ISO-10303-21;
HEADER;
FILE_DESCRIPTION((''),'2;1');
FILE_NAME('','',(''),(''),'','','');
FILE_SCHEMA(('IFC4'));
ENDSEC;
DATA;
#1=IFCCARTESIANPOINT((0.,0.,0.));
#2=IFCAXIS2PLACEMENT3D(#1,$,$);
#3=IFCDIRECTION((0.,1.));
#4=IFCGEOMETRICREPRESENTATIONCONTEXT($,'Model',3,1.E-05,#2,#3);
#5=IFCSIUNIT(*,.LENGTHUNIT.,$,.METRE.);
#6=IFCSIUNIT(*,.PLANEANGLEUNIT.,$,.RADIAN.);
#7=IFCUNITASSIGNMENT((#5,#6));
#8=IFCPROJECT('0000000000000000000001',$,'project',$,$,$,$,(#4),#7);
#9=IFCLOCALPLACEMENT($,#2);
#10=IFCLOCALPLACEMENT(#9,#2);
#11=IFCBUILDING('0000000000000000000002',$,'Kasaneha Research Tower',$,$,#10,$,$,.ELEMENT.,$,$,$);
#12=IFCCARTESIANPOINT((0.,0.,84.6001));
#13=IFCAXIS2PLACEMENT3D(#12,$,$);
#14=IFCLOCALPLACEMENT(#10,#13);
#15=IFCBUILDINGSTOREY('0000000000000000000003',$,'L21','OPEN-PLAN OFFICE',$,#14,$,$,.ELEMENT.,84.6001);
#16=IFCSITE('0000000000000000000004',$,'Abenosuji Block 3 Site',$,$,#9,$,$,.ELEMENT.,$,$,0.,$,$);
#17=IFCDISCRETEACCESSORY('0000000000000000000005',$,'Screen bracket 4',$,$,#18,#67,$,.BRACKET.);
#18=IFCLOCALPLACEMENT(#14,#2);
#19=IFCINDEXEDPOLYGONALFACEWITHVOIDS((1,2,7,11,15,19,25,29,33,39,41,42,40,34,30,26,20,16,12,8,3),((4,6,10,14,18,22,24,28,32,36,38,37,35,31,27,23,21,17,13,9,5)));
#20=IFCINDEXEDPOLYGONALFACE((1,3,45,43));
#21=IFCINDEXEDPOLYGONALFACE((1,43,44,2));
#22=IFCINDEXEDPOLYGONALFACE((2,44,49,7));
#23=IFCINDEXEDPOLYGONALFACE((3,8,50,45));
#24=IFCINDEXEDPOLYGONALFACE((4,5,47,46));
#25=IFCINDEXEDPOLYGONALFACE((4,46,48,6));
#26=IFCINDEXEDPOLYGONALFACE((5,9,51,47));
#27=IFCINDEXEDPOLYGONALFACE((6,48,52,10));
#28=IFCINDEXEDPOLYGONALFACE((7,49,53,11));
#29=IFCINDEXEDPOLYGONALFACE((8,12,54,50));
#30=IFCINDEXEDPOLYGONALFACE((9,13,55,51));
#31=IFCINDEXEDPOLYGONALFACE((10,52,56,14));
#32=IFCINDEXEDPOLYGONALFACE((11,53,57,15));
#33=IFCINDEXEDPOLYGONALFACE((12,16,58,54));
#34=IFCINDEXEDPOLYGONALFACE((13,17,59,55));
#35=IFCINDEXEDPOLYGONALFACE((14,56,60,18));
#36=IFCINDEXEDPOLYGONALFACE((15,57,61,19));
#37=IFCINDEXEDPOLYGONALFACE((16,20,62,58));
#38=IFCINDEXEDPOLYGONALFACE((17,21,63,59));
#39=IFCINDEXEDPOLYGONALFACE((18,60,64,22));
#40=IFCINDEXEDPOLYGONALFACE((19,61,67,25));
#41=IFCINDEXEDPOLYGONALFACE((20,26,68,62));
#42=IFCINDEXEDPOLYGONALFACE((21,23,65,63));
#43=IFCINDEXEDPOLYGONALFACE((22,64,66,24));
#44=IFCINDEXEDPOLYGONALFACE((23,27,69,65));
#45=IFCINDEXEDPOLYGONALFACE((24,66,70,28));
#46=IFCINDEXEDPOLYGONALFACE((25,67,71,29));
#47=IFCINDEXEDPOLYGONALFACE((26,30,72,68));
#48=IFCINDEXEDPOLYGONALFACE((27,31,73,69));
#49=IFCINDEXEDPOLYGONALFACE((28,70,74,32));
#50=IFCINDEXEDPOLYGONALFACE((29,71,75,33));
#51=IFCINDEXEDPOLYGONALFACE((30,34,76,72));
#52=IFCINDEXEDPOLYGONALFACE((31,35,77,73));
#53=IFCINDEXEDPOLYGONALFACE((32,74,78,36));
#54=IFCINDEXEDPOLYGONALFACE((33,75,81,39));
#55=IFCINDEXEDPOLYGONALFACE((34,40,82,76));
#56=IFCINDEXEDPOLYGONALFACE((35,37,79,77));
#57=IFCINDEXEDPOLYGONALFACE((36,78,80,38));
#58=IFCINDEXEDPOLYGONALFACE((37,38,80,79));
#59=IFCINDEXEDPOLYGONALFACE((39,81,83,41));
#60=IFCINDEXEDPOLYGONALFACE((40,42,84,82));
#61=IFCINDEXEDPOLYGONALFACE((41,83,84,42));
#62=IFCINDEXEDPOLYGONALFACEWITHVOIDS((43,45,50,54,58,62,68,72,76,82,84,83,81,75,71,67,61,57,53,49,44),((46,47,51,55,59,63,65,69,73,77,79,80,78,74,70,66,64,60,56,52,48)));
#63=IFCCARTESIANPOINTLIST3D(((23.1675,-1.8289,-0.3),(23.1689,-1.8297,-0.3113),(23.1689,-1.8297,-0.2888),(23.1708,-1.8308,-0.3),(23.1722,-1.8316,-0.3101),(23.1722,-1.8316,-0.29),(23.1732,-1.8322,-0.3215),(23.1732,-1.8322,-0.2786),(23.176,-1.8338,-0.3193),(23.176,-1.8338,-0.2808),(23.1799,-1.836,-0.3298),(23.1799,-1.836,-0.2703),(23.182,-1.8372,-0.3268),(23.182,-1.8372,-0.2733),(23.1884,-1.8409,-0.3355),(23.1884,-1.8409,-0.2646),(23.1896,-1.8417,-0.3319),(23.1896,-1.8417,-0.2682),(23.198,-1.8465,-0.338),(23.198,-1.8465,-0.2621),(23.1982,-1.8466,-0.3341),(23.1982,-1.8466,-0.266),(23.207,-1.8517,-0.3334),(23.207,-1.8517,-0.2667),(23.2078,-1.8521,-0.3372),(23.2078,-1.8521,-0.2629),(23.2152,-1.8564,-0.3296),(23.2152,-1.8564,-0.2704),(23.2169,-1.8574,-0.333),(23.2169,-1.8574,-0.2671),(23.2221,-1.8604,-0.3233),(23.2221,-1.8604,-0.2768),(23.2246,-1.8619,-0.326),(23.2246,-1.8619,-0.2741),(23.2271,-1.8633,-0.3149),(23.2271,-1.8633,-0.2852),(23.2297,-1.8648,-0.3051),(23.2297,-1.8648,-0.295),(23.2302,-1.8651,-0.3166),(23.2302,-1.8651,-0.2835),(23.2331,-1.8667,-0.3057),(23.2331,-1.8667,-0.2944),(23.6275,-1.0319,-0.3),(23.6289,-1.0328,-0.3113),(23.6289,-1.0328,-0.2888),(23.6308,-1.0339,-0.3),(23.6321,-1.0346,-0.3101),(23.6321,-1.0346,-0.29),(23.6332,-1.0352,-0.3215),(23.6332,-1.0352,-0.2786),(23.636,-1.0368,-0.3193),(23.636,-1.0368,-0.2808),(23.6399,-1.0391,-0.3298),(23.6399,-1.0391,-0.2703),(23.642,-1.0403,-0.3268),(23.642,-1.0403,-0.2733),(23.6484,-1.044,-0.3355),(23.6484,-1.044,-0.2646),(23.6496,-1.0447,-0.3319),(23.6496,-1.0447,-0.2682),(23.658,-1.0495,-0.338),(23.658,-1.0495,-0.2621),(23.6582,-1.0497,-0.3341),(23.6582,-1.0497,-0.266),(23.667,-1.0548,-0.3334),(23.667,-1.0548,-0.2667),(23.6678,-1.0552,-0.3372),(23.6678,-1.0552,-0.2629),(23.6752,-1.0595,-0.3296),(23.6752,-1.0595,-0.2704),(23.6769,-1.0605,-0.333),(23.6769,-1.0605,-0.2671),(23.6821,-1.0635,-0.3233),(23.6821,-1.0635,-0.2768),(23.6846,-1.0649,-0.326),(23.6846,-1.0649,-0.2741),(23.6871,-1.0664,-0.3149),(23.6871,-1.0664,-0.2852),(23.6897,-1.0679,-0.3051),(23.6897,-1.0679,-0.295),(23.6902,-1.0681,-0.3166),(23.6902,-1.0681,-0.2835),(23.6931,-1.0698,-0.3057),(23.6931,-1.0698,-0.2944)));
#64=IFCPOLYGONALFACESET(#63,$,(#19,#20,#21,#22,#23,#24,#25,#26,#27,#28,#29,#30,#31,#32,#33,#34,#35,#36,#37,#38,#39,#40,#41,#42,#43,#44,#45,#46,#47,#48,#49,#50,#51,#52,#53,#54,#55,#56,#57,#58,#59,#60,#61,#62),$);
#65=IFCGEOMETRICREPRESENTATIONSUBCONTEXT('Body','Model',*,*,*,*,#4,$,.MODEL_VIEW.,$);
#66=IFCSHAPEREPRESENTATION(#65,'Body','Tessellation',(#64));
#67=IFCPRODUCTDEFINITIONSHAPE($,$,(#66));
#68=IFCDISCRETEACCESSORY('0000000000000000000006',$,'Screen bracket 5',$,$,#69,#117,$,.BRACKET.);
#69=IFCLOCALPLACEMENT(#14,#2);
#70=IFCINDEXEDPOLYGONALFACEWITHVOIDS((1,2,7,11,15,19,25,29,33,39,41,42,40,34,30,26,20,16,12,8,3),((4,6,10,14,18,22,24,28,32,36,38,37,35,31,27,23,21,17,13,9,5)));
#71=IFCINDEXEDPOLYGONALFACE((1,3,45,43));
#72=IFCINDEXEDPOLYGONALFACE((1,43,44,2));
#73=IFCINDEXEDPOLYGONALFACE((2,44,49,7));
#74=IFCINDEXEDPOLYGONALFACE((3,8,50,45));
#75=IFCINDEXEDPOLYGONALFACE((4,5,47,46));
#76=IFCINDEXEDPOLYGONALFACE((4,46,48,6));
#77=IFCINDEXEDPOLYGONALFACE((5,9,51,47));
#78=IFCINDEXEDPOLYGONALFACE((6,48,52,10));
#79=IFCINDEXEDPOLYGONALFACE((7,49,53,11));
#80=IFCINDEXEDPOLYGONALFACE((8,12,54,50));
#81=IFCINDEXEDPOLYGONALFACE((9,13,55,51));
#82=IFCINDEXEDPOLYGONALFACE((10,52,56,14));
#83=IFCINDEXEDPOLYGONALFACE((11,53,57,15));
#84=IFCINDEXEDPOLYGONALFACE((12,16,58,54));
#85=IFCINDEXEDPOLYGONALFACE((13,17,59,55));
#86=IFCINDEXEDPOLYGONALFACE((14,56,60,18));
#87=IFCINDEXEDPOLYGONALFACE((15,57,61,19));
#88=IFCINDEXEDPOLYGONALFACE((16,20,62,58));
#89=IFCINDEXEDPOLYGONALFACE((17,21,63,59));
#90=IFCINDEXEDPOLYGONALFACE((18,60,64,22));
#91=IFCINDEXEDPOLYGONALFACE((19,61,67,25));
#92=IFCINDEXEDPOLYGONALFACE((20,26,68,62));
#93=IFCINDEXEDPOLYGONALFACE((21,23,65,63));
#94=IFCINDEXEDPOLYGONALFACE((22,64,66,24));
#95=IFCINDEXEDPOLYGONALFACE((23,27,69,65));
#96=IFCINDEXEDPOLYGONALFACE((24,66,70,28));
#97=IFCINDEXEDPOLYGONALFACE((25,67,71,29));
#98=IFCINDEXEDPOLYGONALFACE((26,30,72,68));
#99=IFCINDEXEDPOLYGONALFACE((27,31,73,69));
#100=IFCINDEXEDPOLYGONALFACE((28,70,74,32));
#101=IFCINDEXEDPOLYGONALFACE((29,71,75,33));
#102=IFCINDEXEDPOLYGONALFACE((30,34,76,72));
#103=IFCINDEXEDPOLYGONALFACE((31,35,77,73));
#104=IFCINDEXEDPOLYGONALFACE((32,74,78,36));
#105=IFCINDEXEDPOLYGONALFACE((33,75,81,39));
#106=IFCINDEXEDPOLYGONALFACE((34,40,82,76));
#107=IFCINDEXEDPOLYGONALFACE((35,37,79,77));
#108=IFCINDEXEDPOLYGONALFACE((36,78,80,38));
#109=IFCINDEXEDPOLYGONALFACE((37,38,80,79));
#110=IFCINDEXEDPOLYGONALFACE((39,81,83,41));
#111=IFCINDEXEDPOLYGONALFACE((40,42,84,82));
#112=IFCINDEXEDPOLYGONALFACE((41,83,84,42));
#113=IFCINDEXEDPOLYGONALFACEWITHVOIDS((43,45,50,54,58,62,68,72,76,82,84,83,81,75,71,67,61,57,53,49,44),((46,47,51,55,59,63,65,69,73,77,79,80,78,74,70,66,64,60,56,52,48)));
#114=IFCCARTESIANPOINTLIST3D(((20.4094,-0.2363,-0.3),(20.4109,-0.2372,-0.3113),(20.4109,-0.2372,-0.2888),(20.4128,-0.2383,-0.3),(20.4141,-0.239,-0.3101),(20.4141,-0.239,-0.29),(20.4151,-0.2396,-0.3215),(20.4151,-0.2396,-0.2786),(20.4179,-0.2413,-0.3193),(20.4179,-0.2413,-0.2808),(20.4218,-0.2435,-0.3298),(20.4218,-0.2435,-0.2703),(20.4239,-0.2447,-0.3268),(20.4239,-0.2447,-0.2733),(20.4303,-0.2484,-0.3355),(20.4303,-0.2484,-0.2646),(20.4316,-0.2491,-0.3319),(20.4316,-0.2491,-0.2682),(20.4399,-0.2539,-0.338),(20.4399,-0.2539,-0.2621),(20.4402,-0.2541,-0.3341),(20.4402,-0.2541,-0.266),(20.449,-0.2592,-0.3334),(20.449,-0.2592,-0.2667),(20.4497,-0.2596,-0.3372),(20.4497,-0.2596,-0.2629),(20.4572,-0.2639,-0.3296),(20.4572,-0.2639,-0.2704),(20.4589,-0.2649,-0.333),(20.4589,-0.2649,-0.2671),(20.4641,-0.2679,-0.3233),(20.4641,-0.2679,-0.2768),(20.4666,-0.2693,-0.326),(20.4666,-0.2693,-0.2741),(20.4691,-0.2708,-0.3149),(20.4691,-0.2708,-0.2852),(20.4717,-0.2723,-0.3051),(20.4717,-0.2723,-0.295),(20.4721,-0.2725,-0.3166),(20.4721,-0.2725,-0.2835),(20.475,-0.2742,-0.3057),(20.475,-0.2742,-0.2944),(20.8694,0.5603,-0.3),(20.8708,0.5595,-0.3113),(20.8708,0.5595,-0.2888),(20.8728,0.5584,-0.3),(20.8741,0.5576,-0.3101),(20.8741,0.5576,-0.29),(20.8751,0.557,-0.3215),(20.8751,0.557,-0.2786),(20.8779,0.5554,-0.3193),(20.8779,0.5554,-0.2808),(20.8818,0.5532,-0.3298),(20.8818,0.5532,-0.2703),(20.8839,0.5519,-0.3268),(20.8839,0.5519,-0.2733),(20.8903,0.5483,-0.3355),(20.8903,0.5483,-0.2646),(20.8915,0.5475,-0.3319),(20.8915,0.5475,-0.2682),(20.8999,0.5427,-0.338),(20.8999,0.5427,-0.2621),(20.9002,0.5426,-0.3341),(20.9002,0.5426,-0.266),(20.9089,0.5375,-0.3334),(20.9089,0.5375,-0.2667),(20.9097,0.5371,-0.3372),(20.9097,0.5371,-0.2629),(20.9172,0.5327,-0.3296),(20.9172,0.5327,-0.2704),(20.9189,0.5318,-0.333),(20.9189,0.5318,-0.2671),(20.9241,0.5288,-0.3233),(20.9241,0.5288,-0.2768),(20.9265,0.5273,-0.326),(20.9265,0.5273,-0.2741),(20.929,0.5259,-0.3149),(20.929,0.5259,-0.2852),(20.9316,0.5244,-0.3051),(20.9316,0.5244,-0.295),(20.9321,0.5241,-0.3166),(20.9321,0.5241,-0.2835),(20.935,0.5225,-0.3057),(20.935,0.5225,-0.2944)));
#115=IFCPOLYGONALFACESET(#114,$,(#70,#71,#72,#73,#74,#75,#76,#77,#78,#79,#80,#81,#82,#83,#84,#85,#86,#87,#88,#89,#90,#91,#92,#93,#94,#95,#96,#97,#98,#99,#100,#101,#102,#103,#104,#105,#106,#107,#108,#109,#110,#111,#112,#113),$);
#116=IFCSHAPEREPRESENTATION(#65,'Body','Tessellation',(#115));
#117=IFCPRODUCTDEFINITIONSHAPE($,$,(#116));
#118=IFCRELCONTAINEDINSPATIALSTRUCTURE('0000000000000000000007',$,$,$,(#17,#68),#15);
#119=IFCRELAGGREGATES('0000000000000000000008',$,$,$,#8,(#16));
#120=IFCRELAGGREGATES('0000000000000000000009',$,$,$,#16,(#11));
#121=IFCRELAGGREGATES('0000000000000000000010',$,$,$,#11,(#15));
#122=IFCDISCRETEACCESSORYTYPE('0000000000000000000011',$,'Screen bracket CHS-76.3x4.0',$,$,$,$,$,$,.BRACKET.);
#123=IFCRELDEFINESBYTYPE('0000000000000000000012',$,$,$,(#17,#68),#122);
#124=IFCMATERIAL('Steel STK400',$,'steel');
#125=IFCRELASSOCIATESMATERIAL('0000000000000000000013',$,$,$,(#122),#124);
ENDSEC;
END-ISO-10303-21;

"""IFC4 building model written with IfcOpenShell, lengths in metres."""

from ifc_helpers import new_model, si_unit, direction, frame, origin, origin_2d, place, context, subcontext, project, spatial, hollow_circle, extrude, material, material_profile, profile_set, type_object, element, save


model = new_model("IFC4")

# Units and contexts
model_context = context("Model", 3, precision=1e-05, world=origin(), true_north=direction((0.0, 1.0)))
body_context = subcontext(model_context, "Body", "Model", "MODEL_VIEW")
ifc_project = project(units=[si_unit("LENGTHUNIT", "METRE"), si_unit("PLANEANGLEUNIT", "RADIAN")], contexts=[model_context])

# Site, building, storey
site_placement = place(None, origin())
site = spatial("IfcSite", under=ifc_project, at=site_placement, Name="Abenosuji Block 3 Site", CompositionType="ELEMENT", RefElevation=0.0)
building_placement = place(site_placement, origin())
building = spatial("IfcBuilding", under=site, at=building_placement, Name="Kasaneha Research Tower", CompositionType="ELEMENT")
storey_placement = place(building_placement, frame((0.0, 0.0, 84.6001)))
storey = spatial("IfcBuildingStorey", under=building, at=storey_placement, Name="L21", Description="OPEN-PLAN OFFICE", CompositionType="ELEMENT", Elevation=84.6001)

# Discrete accessories
ifc_material_1 = material(Name="Steel STK400", Category="steel")
ifc_material_profile_1 = material_profile(ifc_material_1, hollow_circle(Radius=0.0381, WallThickness=0.0039, at=origin_2d()), Name="CHS-76.3x4.0")
ifc_profile_set_1 = profile_set([ifc_material_profile_1], Name="Steel STK400")
discrete_accessory_type = type_object("IfcDiscreteAccessoryType", Name="Screen bracket CHS-76.3x4.0", PredefinedType="BRACKET", material=ifc_profile_set_1)
discrete_accessory_1_placement = place(storey_placement, frame((23.2004, -1.8479, -0.3), z_axis=(0.499906, 0.86608, 0.0), x_axis=(-0.86608, 0.499906, 0.0)))
element("IfcDiscreteAccessory", 1, at=discrete_accessory_1_placement, inside=storey, type_object=discrete_accessory_type, Name="Screen bracket 4", PredefinedType="BRACKET", context=body_context, shape_type="SweptSolid", body=[
    extrude(hollow_circle(Radius=0.0381, WallThickness=0.0039, at=origin_2d()), origin(), (0.0, 0.0, 1.0), 0.9202),
])
discrete_accessory_2_placement = place(storey_placement, frame((20.4424, -0.2554, -0.3), z_axis=(0.500021, 0.866013, 0.0), x_axis=(-0.866013, 0.500021, 0.0)))
element("IfcDiscreteAccessory", 2, at=discrete_accessory_2_placement, inside=storey, type_object=discrete_accessory_type, Name="Screen bracket 5", PredefinedType="BRACKET", context=body_context, shape_type="SweptSolid", body=[
    extrude(hollow_circle(Radius=0.0381, WallThickness=0.0039, at=origin_2d()), origin(), (0.0, 0.0, 1.0), 0.9199),
])

save(model, "model.ifc")
